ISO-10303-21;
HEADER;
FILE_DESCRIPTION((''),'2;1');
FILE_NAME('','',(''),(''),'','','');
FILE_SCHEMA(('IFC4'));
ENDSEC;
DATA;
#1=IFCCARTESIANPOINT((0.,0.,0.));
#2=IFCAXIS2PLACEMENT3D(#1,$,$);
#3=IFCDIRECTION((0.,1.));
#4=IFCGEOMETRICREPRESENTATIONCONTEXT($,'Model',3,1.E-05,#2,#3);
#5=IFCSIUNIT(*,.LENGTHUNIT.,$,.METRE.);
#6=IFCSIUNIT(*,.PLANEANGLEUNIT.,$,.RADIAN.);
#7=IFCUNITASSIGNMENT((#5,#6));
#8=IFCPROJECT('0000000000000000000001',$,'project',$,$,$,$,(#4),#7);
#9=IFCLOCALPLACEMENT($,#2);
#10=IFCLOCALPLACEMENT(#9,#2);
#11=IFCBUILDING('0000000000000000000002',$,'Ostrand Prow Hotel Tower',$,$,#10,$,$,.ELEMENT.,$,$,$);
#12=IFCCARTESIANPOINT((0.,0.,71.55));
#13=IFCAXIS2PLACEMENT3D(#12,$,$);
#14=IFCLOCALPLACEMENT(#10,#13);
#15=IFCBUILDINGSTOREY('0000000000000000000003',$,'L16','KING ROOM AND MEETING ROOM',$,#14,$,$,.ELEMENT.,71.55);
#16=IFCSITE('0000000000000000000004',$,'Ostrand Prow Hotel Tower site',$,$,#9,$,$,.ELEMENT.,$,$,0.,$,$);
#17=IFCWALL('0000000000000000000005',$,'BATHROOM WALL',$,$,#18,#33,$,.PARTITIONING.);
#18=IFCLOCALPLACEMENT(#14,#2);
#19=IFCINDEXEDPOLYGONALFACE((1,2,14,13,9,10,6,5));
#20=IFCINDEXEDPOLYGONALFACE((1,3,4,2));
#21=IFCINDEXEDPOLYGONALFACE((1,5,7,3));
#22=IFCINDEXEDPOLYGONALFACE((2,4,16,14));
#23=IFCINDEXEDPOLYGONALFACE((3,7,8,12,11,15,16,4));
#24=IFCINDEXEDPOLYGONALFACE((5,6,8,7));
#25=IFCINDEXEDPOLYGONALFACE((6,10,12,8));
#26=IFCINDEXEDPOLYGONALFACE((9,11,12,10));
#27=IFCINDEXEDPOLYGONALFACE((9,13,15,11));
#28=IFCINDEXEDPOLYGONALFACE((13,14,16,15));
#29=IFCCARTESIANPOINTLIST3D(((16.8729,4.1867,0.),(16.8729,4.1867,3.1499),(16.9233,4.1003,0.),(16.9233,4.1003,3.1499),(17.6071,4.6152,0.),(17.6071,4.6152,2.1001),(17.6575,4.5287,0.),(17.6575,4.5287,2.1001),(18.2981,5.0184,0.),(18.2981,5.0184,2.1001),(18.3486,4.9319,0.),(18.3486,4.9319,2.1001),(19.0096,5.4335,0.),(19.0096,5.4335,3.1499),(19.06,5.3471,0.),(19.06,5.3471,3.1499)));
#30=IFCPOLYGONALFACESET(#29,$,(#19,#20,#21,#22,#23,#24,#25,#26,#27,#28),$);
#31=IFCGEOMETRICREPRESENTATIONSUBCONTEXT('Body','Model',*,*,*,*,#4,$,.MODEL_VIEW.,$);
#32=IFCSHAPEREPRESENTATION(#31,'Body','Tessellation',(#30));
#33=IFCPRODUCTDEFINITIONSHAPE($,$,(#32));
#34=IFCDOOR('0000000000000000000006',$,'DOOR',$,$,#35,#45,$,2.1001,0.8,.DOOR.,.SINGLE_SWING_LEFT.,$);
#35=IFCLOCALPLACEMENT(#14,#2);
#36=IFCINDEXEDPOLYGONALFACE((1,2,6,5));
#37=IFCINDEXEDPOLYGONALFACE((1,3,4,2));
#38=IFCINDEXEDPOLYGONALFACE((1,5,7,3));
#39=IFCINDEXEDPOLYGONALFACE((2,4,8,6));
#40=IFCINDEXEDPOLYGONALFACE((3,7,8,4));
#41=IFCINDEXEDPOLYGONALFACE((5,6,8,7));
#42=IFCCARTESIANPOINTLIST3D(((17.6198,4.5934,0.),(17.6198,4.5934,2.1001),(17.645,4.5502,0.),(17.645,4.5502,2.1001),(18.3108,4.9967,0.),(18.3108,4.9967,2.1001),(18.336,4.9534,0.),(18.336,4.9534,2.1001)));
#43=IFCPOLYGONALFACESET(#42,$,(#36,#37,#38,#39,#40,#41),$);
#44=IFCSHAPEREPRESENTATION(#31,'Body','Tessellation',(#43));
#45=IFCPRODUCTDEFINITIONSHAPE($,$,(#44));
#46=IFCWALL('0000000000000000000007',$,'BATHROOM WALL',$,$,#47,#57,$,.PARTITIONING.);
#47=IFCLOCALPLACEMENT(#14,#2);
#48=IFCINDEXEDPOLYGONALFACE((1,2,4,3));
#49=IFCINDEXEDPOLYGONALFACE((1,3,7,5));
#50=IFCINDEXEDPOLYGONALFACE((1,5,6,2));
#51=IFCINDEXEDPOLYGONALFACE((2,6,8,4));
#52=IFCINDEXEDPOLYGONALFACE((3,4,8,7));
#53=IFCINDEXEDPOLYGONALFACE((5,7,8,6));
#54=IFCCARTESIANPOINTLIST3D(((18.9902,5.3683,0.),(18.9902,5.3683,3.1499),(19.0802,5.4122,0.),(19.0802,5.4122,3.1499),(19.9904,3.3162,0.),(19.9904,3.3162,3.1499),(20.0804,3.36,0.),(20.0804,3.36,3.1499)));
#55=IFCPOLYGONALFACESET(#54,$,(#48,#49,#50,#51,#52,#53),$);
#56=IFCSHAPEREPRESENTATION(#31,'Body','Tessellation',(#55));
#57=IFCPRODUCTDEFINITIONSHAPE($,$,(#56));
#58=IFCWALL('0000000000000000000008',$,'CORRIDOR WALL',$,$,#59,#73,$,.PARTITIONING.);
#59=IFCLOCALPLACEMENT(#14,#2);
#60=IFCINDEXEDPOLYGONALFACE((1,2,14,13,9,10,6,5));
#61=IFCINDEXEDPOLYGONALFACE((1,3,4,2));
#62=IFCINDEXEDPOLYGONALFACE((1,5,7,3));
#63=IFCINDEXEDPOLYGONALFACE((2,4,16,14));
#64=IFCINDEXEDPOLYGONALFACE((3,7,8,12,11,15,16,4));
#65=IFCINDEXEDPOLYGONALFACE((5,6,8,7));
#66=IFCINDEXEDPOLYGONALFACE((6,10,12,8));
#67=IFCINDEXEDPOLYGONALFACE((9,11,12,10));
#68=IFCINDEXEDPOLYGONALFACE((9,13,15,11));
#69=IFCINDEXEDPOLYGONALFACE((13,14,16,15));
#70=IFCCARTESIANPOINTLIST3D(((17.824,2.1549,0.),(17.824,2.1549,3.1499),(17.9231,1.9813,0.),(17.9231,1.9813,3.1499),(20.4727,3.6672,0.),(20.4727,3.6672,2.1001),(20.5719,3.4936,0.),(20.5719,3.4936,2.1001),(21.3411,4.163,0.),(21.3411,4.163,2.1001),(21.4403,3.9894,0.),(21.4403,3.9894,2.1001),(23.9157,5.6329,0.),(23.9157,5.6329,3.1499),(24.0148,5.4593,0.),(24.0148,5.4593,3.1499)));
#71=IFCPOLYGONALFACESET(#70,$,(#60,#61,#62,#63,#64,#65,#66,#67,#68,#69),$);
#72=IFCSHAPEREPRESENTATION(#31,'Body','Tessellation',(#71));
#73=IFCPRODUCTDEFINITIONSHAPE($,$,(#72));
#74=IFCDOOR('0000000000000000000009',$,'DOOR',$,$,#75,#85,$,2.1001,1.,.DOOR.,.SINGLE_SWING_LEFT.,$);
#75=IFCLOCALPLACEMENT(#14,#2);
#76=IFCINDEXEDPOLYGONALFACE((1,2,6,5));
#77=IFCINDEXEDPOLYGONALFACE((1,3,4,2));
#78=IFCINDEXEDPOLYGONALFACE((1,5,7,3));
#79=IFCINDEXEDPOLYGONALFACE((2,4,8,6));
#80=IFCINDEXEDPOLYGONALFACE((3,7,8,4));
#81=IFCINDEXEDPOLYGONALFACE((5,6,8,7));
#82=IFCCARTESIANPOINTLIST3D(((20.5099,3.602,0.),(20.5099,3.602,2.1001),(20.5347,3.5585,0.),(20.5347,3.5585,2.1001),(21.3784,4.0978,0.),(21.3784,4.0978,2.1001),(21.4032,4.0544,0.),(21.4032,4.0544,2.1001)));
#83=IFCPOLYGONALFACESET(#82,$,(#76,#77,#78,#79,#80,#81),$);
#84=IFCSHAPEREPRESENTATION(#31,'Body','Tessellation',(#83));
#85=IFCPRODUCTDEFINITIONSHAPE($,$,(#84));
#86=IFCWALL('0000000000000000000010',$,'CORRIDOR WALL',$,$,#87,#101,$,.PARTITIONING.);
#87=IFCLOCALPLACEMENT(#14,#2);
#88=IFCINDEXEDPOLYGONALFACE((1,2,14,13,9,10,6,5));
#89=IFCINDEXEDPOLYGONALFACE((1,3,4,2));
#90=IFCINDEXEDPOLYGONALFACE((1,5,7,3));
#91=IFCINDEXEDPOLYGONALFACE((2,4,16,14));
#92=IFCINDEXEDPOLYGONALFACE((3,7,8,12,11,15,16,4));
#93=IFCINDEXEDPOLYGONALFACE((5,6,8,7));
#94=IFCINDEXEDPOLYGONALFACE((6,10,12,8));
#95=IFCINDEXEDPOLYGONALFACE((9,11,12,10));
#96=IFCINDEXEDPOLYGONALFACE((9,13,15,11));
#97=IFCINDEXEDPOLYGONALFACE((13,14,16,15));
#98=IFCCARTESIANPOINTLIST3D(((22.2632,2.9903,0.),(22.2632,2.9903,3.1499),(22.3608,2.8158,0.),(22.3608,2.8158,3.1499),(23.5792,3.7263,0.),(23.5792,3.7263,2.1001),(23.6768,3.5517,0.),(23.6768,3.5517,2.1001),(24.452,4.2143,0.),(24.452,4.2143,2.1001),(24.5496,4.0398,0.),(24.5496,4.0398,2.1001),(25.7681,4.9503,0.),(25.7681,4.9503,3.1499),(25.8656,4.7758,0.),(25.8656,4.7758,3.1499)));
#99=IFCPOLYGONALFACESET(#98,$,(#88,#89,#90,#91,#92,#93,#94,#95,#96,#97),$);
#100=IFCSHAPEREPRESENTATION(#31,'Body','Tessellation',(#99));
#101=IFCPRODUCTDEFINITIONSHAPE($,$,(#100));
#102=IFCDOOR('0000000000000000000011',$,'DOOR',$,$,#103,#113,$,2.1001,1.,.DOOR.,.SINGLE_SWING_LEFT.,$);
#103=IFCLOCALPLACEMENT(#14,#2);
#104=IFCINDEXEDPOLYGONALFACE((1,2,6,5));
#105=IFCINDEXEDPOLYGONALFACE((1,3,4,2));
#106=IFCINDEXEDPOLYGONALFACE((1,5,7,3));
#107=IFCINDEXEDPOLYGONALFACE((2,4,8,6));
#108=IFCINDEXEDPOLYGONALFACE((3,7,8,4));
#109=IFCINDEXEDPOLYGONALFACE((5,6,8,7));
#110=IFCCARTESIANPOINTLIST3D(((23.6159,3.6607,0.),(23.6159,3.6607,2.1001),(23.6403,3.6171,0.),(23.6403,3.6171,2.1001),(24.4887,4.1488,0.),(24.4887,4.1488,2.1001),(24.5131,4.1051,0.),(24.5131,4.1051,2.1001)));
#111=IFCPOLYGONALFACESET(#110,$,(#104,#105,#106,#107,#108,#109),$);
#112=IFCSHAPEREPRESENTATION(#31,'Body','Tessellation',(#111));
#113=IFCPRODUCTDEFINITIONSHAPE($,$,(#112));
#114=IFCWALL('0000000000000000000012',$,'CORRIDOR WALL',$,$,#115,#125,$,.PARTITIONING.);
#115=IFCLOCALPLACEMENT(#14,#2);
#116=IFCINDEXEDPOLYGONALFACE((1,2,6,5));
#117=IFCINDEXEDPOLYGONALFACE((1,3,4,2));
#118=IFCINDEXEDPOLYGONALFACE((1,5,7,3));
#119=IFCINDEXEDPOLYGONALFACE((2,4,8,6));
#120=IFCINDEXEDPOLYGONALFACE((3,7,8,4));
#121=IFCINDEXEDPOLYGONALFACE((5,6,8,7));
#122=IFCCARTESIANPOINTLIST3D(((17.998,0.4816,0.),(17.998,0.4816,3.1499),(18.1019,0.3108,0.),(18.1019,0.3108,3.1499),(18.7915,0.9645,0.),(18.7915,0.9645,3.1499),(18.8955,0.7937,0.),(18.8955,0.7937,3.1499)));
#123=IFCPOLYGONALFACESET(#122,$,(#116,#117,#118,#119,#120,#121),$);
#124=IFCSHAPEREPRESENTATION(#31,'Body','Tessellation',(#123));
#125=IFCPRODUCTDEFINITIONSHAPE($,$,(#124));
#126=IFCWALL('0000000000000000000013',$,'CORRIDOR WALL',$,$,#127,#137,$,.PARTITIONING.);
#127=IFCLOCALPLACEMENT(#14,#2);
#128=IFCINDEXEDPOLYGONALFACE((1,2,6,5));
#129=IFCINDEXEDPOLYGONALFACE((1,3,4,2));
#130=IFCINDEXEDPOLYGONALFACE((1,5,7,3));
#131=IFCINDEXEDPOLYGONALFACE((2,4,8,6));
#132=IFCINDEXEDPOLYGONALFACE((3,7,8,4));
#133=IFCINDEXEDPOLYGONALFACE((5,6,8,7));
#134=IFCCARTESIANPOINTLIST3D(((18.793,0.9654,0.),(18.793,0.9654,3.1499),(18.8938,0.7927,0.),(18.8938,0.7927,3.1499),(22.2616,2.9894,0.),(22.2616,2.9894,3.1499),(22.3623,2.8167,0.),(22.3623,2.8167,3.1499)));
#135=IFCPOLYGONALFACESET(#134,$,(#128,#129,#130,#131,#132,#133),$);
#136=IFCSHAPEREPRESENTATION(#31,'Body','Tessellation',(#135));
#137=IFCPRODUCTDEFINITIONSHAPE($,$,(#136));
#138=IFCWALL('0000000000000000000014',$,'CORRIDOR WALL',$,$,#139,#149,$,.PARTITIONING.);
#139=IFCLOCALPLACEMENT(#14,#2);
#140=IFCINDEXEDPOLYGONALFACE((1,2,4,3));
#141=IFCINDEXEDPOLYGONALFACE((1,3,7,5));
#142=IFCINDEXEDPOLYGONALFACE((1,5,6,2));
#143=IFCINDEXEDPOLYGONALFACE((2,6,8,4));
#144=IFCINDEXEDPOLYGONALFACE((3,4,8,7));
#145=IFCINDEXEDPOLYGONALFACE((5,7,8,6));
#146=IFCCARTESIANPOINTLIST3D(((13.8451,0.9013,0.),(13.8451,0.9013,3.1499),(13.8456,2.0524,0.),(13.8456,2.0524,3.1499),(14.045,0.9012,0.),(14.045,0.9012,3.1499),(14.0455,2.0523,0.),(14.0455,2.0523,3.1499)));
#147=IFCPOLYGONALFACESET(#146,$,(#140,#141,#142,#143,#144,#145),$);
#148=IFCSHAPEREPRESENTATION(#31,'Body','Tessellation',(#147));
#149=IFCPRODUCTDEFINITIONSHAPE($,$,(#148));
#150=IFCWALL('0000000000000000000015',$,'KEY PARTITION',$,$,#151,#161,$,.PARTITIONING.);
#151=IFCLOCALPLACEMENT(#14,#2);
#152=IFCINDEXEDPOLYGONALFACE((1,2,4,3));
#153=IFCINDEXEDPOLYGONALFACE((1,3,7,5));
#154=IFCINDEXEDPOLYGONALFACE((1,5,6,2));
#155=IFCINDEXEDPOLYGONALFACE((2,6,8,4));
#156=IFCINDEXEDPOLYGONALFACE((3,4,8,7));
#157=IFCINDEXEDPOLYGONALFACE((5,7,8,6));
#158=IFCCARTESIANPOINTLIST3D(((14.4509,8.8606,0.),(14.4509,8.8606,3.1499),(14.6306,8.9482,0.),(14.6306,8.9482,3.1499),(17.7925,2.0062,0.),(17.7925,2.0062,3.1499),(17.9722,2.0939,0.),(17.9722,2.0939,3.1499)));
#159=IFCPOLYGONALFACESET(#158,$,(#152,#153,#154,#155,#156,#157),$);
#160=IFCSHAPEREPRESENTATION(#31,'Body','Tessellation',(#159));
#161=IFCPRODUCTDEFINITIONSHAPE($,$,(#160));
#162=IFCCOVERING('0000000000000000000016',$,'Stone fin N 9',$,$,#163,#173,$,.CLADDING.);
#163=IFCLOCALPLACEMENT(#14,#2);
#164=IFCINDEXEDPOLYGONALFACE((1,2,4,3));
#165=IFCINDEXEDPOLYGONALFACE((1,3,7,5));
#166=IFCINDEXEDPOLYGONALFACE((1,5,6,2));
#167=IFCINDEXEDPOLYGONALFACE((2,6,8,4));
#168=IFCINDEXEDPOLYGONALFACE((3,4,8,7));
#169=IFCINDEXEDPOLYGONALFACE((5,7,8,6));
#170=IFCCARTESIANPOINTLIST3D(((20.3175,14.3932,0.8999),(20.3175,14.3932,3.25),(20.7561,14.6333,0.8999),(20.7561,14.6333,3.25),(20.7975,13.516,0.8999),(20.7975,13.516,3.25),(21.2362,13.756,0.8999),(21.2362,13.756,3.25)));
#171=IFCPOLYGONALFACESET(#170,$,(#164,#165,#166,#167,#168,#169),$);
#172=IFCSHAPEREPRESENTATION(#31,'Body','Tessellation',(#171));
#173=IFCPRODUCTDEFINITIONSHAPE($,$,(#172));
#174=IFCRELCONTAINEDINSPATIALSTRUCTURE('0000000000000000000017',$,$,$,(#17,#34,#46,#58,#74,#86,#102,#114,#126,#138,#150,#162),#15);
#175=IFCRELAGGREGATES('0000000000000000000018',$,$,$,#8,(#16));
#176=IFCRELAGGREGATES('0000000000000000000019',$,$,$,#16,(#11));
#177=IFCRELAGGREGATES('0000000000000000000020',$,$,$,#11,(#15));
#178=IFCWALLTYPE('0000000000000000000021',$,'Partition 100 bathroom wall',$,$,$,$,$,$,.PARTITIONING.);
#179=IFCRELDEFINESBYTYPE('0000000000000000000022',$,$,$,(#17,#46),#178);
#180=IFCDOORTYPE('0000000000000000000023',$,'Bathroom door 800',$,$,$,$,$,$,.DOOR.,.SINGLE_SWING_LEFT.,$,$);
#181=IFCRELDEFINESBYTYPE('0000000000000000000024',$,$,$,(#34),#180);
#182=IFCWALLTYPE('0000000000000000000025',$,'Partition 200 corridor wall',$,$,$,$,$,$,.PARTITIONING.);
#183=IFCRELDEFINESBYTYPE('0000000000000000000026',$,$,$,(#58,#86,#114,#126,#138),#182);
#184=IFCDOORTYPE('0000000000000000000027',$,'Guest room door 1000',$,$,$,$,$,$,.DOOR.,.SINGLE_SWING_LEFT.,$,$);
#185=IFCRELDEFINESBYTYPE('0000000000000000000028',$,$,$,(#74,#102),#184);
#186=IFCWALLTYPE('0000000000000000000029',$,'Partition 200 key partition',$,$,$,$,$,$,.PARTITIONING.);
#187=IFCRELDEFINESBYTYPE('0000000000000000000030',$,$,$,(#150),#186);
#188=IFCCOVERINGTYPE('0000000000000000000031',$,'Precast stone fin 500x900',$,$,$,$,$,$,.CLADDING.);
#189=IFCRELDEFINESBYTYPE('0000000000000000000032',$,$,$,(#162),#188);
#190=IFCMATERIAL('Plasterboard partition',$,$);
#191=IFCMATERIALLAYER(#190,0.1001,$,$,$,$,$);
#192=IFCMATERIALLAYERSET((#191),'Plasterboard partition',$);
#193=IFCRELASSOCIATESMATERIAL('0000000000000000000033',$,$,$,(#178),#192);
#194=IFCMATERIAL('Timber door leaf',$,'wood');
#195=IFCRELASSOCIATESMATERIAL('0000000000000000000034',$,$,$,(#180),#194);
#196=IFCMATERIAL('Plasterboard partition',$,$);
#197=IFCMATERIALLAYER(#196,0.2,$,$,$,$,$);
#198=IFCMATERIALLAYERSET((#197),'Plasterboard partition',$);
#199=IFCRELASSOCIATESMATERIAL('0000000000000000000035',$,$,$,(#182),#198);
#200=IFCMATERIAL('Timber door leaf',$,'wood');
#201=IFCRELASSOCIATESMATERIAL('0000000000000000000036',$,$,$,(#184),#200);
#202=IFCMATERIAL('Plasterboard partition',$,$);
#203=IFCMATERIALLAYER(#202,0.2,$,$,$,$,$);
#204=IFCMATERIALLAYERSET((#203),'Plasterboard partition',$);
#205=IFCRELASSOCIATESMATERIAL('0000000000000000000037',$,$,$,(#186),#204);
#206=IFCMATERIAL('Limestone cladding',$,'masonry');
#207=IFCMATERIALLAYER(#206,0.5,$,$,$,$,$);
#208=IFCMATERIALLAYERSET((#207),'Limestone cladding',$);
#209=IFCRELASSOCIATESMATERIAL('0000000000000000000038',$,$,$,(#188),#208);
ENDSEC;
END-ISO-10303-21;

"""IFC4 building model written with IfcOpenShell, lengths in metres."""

from ifc_helpers import new_model, si_unit, direction, frame, frame_2d, origin, place, context, subcontext, project, spatial, rectangle, extrude, material, layer, layer_set, type_object, element, fill, save


model = new_model("IFC4")

# Units and contexts
model_context = context("Model", 3, precision=1e-05, world=origin(), true_north=direction((0.0, 1.0)))
body_context = subcontext(model_context, "Body", "Model", "MODEL_VIEW")
ifc_project = project(units=[si_unit("LENGTHUNIT", "METRE"), si_unit("PLANEANGLEUNIT", "RADIAN")], contexts=[model_context])

# Site, building, storey
site_placement = place(None, origin())
site = spatial("IfcSite", under=ifc_project, at=site_placement, Name="Ostrand Prow Hotel Tower site", CompositionType="ELEMENT", RefElevation=0.0)
building_placement = place(site_placement, origin())
building = spatial("IfcBuilding", under=site, at=building_placement, Name="Ostrand Prow Hotel Tower", CompositionType="ELEMENT")
storey_placement = place(building_placement, frame((0.0, 0.0, 71.55)))
storey = spatial("IfcBuildingStorey", under=building, at=storey_placement, Name="L16", Description="KING ROOM AND MEETING ROOM", CompositionType="ELEMENT", Elevation=71.55)

# Wall, opening, door
ifc_material_1 = material(Name="Plasterboard partition")
ifc_layer_1 = layer(ifc_material_1, 0.1001)
ifc_layer_set_1 = layer_set([ifc_layer_1], Name="Plasterboard partition")
wall_type_1 = type_object("IfcWallType", Name="Partition 100 bathroom wall", PredefinedType="PARTITIONING", material=ifc_layer_set_1)
wall_1_placement = place(storey_placement, frame((16.8982, 4.1436, 0.0), z_axis=(0.0, 0.0, 1.0), x_axis=(0.863707, 0.503994, 0.0)))
wall_1 = element("IfcWall", 1, at=wall_1_placement, inside=storey, type_object=wall_type_1, Name="BATHROOM WALL", PredefinedType="PARTITIONING", context=body_context, shape_type="SweptSolid", body=[
    extrude(rectangle(XDim=2.4739, YDim=0.1001, at=frame_2d((1.2368, 0.0))), origin(), (0.0, 0.0, 1.0), 3.1499),
])
opening_1_placement = place(wall_1_placement, frame((0.8501, 0.0, 0.0)))
opening_1 = element("IfcOpeningElement", 2, at=opening_1_placement, cuts=wall_1, PredefinedType="OPENING", context=body_context, shape_type="SweptSolid", body=[
    extrude(rectangle(XDim=0.8, YDim=2.1001, at=frame_2d((0.3999, 1.05))), frame((0.0, 0.0601, 0.0), z_axis=(0.0, -1.0, 0.0), x_axis=(1.0, 0.0, 0.0)), (0.0, 0.0, 1.0), 0.1201),
])
ifc_material_2 = material(Name="Timber door leaf", Category="wood")
door_type_1 = type_object("IfcDoorType", Name="Bathroom door 800", OperationType="SINGLE_SWING_LEFT", PredefinedType="DOOR", material=ifc_material_2)
door_1_placement = place(opening_1_placement, origin())
door_1 = element("IfcDoor", 3, at=door_1_placement, inside=storey, type_object=door_type_1, Name="DOOR", OperationType="SINGLE_SWING_LEFT", OverallHeight=2.1001, OverallWidth=0.8, PredefinedType="DOOR", context=body_context, shape_type="SweptSolid", body=[
    extrude(rectangle(XDim=0.8, YDim=2.1001, at=frame_2d((0.3999, 1.05))), frame((0.0, 0.0249, 0.0), z_axis=(0.0, -1.0, 0.0), x_axis=(1.0, 0.0, 0.0)), (0.0, 0.0, 1.0), 0.05),
])
fill(opening_1, door_1)

# Wall
wall_2_placement = place(storey_placement, frame((19.0352, 5.3904, 0.0), z_axis=(0.0, 0.0, 1.0), x_axis=(0.438122, -0.898915, 0.0)))
element("IfcWall", 4, at=wall_2_placement, inside=storey, type_object=wall_type_1, Name="BATHROOM WALL", PredefinedType="PARTITIONING", context=body_context, shape_type="SweptSolid", body=[
    extrude(rectangle(XDim=2.283, YDim=0.1001, at=frame_2d((1.1416, 0.0))), origin(), (0.0, 0.0, 1.0), 3.1499),
])

# Walls, openings, doors
ifc_material_3 = material(Name="Plasterboard partition")
ifc_layer_2 = layer(ifc_material_3, 0.2)
ifc_layer_set_2 = layer_set([ifc_layer_2], Name="Plasterboard partition")
wall_type_2 = type_object("IfcWallType", Name="Partition 200 corridor wall", PredefinedType="PARTITIONING", material=ifc_layer_set_2)
wall_3_placement = place(storey_placement, frame((17.8735, 2.0681, 0.0), z_axis=(0.0, 0.0, 1.0), x_axis=(0.868427, 0.495817, 0.0)))
wall_3 = element("IfcWall", 5, at=wall_3_placement, inside=storey, type_object=wall_type_2, Name="CORRIDOR WALL", PredefinedType="PARTITIONING", context=body_context, shape_type="SweptSolid", body=[
    extrude(rectangle(XDim=7.0146, YDim=0.2, at=frame_2d((3.5073, 0.0))), origin(), (0.0, 0.0, 1.0), 3.1499),
])
opening_2_placement = place(wall_3_placement, frame((3.05, 0.0, 0.0)))
opening_2 = element("IfcOpeningElement", 6, at=opening_2_placement, cuts=wall_3, PredefinedType="OPENING", context=body_context, shape_type="SweptSolid", body=[
    extrude(rectangle(XDim=1.0, YDim=2.1001, at=frame_2d((0.5, 1.05))), frame((0.0, 0.1099, 0.0), z_axis=(0.0, -1.0, 0.0), x_axis=(1.0, 0.0, 0.0)), (0.0, 0.0, 1.0), 0.22),
])
ifc_material_4 = material(Name="Timber door leaf", Category="wood")
door_type_2 = type_object("IfcDoorType", Name="Guest room door 1000", OperationType="SINGLE_SWING_LEFT", PredefinedType="DOOR", material=ifc_material_4)
door_2_placement = place(opening_2_placement, origin())
door_2 = element("IfcDoor", 7, at=door_2_placement, inside=storey, type_object=door_type_2, Name="DOOR", OperationType="SINGLE_SWING_LEFT", OverallHeight=2.1001, OverallWidth=1.0, PredefinedType="DOOR", context=body_context, shape_type="SweptSolid", body=[
    extrude(rectangle(XDim=1.0, YDim=2.1001, at=frame_2d((0.5, 1.05))), frame((0.0, 0.0249, 0.0), z_axis=(0.0, -1.0, 0.0), x_axis=(1.0, 0.0, 0.0)), (0.0, 0.0, 1.0), 0.05),
])
fill(opening_2, door_2)
wall_4_placement = place(storey_placement, frame((22.312, 2.9031, 0.0), z_axis=(0.0, 0.0, 1.0), x_axis=(0.8728, 0.488078, 0.0)))
wall_4 = element("IfcWall", 8, at=wall_4_placement, inside=storey, type_object=wall_type_2, Name="CORRIDOR WALL", PredefinedType="PARTITIONING", context=body_context, shape_type="SweptSolid", body=[
    extrude(rectangle(XDim=4.0156, YDim=0.2, at=frame_2d((2.0078, 0.0))), origin(), (0.0, 0.0, 1.0), 3.1499),
])
opening_3_placement = place(wall_4_placement, frame((1.5078, 0.0, 0.0)))
opening_3 = element("IfcOpeningElement", 9, at=opening_3_placement, cuts=wall_4, PredefinedType="OPENING", context=body_context, shape_type="SweptSolid", body=[
    extrude(rectangle(XDim=1.0, YDim=2.1001, at=frame_2d((0.5, 1.05))), frame((0.0, 0.1099, 0.0), z_axis=(0.0, -1.0, 0.0), x_axis=(1.0, 0.0, 0.0)), (0.0, 0.0, 1.0), 0.22),
])
door_3_placement = place(opening_3_placement, origin())
door_3 = element("IfcDoor", 10, at=door_3_placement, inside=storey, type_object=door_type_2, Name="DOOR", OperationType="SINGLE_SWING_LEFT", OverallHeight=2.1001, OverallWidth=1.0, PredefinedType="DOOR", context=body_context, shape_type="SweptSolid", body=[
    extrude(rectangle(XDim=1.0, YDim=2.1001, at=frame_2d((0.5, 1.05))), frame((0.0, 0.0249, 0.0), z_axis=(0.0, -1.0, 0.0), x_axis=(1.0, 0.0, 0.0)), (0.0, 0.0, 1.0), 0.05),
])
fill(opening_3, door_3)

# Walls
wall_5_placement = place(storey_placement, frame((18.05, 0.3962, 0.0), z_axis=(0.0, 0.0, 1.0), x_axis=(0.854229, 0.519897, 0.0)))
element("IfcWall", 11, at=wall_5_placement, inside=storey, type_object=wall_type_2, Name="CORRIDOR WALL", PredefinedType="PARTITIONING", context=body_context, shape_type="SweptSolid", body=[
    extrude(rectangle(XDim=0.929, YDim=0.2, at=frame_2d((0.4644, 0.0))), origin(), (0.0, 0.0, 1.0), 3.1499),
])
wall_6_placement = place(storey_placement, frame((18.8435, 0.8792, 0.0), z_axis=(0.0, 0.0, 1.0), x_axis=(0.863711, 0.503988, 0.0)))
element("IfcWall", 12, at=wall_6_placement, inside=storey, type_object=wall_type_2, Name="CORRIDOR WALL", PredefinedType="PARTITIONING", context=body_context, shape_type="SweptSolid", body=[
    extrude(rectangle(XDim=4.0159, YDim=0.2, at=frame_2d((2.0078, 0.0))), origin(), (0.0, 0.0, 1.0), 3.1499),
])
wall_7_placement = place(storey_placement, frame((13.9456, 2.0525, 0.0), z_axis=(0.0, 0.0, 1.0), x_axis=(-0.000424, -1.0, 0.0)))
element("IfcWall", 13, at=wall_7_placement, inside=storey, type_object=wall_type_2, Name="CORRIDOR WALL", PredefinedType="PARTITIONING", context=body_context, shape_type="SweptSolid", body=[
    extrude(rectangle(XDim=1.1511, YDim=0.2, at=frame_2d((0.5757, 0.0))), origin(), (0.0, 0.0, 1.0), 3.1499),
])
ifc_material_5 = material(Name="Plasterboard partition")
ifc_layer_3 = layer(ifc_material_5, 0.2)
ifc_layer_set_3 = layer_set([ifc_layer_3], Name="Plasterboard partition")
wall_type_3 = type_object("IfcWallType", Name="Partition 200 key partition", PredefinedType="PARTITIONING", material=ifc_layer_set_3)
wall_8_placement = place(storey_placement, frame((17.8823, 2.05, 0.0), z_axis=(0.0, 0.0, 1.0), x_axis=(-0.438214, 0.898871, 0.0)))
element("IfcWall", 14, at=wall_8_placement, inside=storey, type_object=wall_type_3, Name="KEY PARTITION", PredefinedType="PARTITIONING", context=body_context, shape_type="SweptSolid", body=[
    extrude(rectangle(XDim=7.6255, YDim=0.2, at=frame_2d((3.8127, 0.0))), origin(), (0.0, 0.0, 1.0), 3.1499),
])

# Covering
ifc_material_6 = material(Name="Limestone cladding", Category="masonry")
ifc_layer_4 = layer(ifc_material_6, 0.5)
ifc_layer_set_4 = layer_set([ifc_layer_4], Name="Limestone cladding")
covering_type = type_object("IfcCoveringType", Name="Precast stone fin 500x900", PredefinedType="CLADDING", material=ifc_layer_set_4)
covering_placement = place(storey_placement, frame((21.0168, 13.636, 0.8999), z_axis=(0.0, 0.0, 1.0), x_axis=(-0.480015, 0.87726, 0.0)))
element("IfcCovering", 15, at=covering_placement, inside=storey, type_object=covering_type, Name="Stone fin N 9", PredefinedType="CLADDING", context=body_context, shape_type="SweptSolid", body=[
    extrude(rectangle(XDim=1.0, YDim=0.5, at=frame_2d((0.5, 0.0))), origin(), (0.0, 0.0, 1.0), 2.3501),
])

save(model, "model.ifc")
